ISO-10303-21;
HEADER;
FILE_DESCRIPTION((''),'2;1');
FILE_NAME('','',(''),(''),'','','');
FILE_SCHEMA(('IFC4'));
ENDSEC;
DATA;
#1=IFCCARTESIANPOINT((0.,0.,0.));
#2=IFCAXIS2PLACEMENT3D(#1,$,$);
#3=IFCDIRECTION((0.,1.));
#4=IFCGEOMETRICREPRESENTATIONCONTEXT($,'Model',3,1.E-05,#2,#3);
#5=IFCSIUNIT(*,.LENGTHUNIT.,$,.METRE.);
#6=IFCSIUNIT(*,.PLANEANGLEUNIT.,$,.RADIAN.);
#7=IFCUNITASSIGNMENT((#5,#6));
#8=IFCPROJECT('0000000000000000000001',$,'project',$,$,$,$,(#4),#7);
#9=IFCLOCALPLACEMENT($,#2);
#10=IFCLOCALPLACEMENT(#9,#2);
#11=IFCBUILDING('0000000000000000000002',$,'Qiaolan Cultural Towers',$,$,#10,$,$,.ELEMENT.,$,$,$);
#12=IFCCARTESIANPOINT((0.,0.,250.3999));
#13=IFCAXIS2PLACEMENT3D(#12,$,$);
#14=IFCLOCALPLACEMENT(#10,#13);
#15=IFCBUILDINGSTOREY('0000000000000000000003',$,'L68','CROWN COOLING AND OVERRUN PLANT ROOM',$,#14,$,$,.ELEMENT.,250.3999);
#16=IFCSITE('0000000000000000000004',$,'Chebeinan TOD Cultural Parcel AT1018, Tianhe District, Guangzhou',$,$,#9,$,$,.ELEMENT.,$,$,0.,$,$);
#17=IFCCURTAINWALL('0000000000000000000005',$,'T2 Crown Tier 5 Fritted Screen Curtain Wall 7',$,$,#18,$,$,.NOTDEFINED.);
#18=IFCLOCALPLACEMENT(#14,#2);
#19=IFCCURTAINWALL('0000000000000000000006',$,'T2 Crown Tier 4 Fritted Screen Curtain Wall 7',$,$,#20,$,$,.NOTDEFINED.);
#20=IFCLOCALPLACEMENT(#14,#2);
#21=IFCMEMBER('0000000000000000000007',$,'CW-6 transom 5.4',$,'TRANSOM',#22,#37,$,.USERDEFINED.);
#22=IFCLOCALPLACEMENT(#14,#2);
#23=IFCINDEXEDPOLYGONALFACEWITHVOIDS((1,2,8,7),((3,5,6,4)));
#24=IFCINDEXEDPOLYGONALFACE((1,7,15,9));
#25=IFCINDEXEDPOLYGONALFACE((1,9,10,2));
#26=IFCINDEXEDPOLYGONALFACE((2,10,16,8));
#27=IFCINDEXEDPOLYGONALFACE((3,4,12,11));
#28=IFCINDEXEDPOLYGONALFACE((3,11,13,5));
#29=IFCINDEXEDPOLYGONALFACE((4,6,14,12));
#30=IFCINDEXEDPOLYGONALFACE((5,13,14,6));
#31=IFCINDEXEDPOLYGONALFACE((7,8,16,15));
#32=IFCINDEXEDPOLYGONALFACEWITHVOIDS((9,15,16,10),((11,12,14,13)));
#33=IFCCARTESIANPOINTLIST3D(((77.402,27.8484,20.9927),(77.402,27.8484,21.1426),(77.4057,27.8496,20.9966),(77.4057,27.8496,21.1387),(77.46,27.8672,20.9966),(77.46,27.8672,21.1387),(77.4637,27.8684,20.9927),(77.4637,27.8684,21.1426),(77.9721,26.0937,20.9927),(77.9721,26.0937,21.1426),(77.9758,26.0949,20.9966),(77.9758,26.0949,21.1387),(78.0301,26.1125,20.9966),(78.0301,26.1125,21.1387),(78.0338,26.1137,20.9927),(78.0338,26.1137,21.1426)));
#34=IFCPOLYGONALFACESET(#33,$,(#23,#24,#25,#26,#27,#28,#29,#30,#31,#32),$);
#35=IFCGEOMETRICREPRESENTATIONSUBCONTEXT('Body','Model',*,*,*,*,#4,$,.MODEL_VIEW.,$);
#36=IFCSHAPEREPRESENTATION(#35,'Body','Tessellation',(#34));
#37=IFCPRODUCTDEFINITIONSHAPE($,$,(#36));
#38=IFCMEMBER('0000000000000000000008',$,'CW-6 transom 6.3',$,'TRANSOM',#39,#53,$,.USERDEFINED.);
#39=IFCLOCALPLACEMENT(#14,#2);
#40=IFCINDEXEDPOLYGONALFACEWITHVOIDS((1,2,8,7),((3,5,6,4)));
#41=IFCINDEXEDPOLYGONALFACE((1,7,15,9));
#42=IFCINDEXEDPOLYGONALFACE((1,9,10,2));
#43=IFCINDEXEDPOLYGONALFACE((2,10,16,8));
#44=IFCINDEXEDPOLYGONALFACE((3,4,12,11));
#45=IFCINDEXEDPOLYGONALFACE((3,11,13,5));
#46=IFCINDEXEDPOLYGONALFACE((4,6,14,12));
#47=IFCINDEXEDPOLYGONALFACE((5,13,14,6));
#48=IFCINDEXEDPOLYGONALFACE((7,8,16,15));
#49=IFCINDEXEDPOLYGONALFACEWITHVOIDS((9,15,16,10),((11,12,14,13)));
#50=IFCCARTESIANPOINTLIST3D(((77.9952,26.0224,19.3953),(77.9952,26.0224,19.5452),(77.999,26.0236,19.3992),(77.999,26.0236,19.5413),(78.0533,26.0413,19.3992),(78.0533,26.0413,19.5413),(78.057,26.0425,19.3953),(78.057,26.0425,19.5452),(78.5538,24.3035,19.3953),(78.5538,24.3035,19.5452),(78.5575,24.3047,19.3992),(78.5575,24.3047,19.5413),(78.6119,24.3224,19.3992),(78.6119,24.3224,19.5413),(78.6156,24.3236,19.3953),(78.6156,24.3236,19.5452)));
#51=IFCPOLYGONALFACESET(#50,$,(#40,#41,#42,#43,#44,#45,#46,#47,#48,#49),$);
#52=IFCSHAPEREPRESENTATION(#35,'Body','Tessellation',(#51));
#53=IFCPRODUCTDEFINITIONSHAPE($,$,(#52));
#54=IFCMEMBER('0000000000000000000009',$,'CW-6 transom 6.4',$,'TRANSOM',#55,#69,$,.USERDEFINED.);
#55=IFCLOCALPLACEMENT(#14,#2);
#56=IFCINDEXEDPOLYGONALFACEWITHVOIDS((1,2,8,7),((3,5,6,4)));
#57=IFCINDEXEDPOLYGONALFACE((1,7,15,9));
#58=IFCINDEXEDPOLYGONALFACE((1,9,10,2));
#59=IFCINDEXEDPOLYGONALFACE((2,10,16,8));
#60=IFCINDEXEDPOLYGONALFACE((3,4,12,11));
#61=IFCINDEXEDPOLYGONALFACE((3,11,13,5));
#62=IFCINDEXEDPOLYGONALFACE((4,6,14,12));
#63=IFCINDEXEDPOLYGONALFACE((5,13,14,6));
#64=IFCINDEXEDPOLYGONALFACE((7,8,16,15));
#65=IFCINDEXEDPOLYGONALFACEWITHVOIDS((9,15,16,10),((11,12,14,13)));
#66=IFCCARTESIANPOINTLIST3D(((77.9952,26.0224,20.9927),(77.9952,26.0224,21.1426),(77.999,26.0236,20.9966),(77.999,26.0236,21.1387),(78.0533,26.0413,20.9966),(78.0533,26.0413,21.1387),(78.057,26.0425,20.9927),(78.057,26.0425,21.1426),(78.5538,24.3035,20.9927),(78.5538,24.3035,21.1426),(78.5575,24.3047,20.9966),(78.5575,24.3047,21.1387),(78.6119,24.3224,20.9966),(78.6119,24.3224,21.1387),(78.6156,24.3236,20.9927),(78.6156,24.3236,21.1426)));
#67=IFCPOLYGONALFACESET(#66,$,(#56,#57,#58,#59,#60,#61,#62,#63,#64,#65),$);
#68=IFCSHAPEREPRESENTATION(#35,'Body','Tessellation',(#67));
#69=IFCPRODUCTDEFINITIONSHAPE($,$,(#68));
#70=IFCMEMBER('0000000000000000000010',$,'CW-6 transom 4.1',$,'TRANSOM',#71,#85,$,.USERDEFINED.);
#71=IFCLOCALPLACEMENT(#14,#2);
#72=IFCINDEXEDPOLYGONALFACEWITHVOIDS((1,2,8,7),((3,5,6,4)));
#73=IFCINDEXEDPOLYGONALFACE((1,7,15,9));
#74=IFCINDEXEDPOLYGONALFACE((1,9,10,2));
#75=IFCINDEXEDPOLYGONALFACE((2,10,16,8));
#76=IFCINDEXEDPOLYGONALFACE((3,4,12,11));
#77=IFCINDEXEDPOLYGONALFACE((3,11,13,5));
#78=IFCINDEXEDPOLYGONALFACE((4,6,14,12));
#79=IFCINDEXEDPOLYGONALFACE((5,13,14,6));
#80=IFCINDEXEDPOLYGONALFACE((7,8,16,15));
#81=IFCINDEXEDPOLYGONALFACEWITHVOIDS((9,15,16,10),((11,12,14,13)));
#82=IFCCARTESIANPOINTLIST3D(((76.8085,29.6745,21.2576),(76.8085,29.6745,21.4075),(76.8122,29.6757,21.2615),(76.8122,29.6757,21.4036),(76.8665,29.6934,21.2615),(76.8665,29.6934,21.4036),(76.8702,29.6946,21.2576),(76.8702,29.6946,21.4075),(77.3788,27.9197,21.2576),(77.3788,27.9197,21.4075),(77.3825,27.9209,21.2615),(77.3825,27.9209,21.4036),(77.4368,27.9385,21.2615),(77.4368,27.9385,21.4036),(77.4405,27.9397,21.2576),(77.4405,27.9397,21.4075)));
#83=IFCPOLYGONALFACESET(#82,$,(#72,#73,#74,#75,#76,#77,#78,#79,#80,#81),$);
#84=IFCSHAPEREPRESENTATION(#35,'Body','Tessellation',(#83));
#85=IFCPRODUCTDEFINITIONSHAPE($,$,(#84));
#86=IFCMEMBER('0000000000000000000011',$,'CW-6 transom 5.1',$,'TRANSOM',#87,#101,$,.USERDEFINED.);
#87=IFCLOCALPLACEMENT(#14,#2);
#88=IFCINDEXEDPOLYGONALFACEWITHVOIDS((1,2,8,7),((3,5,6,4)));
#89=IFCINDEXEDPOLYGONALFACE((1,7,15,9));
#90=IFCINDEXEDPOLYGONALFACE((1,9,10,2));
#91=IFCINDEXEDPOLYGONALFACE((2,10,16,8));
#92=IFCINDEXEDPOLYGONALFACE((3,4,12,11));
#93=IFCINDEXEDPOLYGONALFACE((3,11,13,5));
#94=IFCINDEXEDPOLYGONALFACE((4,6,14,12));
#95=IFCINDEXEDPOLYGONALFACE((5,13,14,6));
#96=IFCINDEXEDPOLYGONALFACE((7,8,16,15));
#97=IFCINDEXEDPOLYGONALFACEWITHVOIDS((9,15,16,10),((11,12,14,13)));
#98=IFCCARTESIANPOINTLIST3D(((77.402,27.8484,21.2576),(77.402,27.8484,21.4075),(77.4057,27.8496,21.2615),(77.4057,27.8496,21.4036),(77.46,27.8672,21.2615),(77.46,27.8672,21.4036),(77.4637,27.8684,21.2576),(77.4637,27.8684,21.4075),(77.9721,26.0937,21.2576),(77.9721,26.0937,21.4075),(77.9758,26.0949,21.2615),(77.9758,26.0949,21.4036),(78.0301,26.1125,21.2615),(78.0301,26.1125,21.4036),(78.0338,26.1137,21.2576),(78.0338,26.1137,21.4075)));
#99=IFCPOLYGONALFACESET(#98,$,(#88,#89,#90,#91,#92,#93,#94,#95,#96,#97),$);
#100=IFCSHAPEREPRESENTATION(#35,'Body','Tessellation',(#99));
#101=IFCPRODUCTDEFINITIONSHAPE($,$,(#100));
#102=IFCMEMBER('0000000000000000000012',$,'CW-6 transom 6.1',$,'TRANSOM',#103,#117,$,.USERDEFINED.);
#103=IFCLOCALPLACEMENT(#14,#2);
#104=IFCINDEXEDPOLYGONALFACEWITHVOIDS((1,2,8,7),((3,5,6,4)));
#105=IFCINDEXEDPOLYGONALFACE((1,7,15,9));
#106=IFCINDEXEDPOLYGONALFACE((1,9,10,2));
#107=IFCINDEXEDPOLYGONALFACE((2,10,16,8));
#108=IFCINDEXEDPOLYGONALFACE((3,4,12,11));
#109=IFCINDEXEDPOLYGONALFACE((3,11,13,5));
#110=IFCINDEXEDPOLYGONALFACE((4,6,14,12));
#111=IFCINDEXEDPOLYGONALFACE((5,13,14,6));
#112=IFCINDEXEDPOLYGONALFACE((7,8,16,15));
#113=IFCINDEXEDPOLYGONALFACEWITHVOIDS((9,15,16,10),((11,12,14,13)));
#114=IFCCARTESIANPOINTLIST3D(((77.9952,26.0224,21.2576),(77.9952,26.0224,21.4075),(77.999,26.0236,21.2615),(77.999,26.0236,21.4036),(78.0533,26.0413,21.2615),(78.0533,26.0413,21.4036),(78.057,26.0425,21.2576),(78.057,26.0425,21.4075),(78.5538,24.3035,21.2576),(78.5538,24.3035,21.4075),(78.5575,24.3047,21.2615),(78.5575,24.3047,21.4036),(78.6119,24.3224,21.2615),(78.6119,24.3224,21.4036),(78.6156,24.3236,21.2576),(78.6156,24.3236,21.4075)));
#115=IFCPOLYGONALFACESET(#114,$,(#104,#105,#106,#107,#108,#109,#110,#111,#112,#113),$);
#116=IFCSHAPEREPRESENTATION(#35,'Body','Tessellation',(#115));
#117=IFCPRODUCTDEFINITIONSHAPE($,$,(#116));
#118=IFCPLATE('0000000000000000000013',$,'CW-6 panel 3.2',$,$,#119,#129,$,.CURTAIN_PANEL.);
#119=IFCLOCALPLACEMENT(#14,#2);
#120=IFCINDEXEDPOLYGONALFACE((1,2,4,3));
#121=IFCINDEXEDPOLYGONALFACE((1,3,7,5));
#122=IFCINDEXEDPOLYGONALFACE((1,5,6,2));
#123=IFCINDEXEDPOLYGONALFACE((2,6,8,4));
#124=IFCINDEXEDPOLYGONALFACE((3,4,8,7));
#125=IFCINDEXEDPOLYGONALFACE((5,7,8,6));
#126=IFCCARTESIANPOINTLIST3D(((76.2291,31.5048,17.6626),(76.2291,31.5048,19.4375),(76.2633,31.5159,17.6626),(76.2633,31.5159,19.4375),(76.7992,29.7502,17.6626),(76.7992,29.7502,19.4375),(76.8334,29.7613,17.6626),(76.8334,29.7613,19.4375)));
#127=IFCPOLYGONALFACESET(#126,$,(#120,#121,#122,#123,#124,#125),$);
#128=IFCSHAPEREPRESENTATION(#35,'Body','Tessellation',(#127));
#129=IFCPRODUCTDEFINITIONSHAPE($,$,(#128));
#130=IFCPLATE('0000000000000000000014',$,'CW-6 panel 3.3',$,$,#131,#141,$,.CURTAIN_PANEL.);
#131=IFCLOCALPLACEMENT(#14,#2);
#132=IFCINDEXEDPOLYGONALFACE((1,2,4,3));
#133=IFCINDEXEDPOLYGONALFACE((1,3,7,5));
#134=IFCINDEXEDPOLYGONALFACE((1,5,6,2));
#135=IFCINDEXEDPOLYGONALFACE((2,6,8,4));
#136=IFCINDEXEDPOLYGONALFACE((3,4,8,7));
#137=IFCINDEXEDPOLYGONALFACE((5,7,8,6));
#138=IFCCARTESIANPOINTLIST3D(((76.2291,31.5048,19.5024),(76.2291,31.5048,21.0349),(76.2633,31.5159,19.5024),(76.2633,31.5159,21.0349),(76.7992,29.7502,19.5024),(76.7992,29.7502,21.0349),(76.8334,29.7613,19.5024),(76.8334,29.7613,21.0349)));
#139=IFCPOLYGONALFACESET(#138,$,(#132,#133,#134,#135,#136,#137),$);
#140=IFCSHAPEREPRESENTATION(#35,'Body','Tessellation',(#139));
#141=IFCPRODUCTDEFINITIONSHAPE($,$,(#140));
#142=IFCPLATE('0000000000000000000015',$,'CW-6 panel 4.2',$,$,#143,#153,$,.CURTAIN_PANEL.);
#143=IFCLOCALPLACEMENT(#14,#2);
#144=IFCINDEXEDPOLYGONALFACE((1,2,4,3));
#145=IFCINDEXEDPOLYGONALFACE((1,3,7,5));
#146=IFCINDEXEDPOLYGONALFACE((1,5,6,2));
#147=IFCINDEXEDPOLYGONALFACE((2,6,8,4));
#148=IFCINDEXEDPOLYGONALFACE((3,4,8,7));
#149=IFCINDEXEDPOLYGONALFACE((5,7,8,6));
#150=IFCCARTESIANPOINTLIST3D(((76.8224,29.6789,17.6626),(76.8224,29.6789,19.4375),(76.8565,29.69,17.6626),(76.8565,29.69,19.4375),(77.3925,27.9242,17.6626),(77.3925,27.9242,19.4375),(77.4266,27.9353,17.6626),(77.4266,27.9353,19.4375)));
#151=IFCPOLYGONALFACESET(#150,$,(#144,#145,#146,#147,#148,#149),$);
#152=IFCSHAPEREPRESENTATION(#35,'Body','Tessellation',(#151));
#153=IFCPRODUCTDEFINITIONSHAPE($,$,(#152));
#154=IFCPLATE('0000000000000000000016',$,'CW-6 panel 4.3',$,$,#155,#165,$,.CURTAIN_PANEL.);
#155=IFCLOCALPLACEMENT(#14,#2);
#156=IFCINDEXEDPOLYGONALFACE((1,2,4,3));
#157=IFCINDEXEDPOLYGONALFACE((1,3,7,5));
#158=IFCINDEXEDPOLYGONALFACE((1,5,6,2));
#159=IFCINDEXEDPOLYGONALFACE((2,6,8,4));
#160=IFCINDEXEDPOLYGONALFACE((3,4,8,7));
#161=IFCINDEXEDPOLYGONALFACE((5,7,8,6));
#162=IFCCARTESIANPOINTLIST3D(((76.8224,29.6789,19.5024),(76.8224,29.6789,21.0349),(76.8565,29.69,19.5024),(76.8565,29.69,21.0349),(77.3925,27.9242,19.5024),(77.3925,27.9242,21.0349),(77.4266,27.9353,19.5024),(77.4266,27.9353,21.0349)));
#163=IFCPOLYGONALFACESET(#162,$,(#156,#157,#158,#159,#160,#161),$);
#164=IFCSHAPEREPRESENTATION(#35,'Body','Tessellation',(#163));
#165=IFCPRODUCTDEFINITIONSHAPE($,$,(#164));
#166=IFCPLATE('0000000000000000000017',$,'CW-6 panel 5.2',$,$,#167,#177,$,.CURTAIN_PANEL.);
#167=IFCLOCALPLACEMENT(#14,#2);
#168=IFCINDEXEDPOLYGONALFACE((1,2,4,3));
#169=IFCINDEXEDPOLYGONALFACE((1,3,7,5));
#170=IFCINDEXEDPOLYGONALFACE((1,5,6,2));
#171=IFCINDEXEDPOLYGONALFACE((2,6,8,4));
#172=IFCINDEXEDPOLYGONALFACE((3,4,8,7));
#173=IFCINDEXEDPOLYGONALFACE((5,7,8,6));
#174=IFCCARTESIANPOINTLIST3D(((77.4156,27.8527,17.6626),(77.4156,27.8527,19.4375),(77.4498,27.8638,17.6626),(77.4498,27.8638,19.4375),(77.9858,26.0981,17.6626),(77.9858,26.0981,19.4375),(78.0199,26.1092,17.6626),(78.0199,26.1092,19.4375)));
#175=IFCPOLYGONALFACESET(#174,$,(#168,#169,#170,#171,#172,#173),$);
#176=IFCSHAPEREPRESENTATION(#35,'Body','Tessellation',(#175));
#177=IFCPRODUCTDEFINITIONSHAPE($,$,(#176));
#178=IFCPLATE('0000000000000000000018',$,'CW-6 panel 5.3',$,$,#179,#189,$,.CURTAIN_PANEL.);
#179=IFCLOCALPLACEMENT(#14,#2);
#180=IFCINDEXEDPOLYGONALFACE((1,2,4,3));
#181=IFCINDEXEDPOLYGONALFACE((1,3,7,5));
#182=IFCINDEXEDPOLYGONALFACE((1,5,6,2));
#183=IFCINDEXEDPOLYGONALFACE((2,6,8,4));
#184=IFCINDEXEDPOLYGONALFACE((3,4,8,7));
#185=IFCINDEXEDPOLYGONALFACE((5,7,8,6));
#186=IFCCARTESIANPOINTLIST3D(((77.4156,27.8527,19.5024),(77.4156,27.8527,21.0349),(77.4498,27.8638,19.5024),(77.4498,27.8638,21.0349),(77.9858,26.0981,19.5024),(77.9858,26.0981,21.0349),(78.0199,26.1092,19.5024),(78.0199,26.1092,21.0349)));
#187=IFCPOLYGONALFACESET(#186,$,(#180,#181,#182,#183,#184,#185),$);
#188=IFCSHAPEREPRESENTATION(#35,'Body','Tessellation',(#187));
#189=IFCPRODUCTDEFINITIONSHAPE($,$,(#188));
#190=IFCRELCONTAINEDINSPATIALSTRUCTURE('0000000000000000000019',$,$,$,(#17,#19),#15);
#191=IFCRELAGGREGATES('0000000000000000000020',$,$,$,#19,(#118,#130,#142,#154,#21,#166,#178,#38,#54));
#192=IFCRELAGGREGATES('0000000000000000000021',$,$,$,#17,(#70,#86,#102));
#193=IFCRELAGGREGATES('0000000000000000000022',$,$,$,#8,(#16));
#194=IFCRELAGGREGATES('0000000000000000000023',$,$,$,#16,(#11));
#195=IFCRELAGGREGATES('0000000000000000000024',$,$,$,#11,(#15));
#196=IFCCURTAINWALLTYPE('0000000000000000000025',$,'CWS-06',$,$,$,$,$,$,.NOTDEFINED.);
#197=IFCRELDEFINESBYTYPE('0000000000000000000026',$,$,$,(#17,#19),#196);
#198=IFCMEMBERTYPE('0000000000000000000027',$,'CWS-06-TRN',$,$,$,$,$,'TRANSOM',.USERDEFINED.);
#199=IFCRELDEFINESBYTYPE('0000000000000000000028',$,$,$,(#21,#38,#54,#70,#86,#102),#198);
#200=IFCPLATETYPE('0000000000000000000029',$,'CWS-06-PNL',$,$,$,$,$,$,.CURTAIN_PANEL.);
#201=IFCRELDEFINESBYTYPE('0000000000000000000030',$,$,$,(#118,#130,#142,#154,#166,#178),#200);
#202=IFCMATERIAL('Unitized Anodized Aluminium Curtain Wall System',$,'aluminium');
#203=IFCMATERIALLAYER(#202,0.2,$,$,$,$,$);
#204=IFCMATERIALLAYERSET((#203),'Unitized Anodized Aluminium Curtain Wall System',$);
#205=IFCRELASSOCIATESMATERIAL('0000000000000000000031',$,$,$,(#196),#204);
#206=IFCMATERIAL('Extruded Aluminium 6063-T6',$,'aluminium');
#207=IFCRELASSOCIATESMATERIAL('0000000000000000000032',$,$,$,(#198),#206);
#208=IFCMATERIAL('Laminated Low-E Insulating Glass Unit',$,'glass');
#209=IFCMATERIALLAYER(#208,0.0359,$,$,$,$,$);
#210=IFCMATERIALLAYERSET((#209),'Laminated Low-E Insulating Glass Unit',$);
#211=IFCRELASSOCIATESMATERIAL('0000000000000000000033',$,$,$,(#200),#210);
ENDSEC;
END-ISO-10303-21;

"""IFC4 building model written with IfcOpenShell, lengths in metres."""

from ifc_helpers import new_model, si_unit, direction, frame, origin, origin_2d, place, context, subcontext, project, spatial, rectangle, hollow_rectangle, extrude, material, layer, layer_set, material_profile, profile_set, type_object, element, aggregate, save


model = new_model("IFC4")

# Units and contexts
model_context = context("Model", 3, precision=1e-05, world=origin(), true_north=direction((0.0, 1.0)))
body_context = subcontext(model_context, "Body", "Model", "MODEL_VIEW")
ifc_project = project(units=[si_unit("LENGTHUNIT", "METRE"), si_unit("PLANEANGLEUNIT", "RADIAN")], contexts=[model_context])

# Site, building, storey
site_placement = place(None, origin())
site = spatial("IfcSite", under=ifc_project, at=site_placement, Name="Chebeinan TOD Cultural Parcel AT1018, Tianhe District, Guangzhou", CompositionType="ELEMENT", RefElevation=0.0)
building_placement = place(site_placement, origin())
building = spatial("IfcBuilding", under=site, at=building_placement, Name="Qiaolan Cultural Towers", CompositionType="ELEMENT")
storey_placement = place(building_placement, frame((0.0, 0.0, 250.3999)))
storey = spatial("IfcBuildingStorey", under=building, at=storey_placement, Name="L68", Description="CROWN COOLING AND OVERRUN PLANT ROOM", CompositionType="ELEMENT", Elevation=250.3999)

# Curtain walls, members
ifc_material_1 = material(Name="Unitized Anodized Aluminium Curtain Wall System", Category="aluminium")
ifc_layer_1 = layer(ifc_material_1, 0.2)
ifc_layer_set_1 = layer_set([ifc_layer_1], Name="Unitized Anodized Aluminium Curtain Wall System")
curtain_wall_type = type_object("IfcCurtainWallType", Name="CWS-06", PredefinedType="NOTDEFINED", material=ifc_layer_set_1)
curtain_wall_1_placement = place(storey_placement, origin())
curtain_wall_1 = element("IfcCurtainWall", 1, at=curtain_wall_1_placement, inside=storey, type_object=curtain_wall_type, Name="T2 Crown Tier 5 Fritted Screen Curtain Wall 7", PredefinedType="NOTDEFINED")
curtain_wall_2_placement = place(storey_placement, origin())
curtain_wall_2 = element("IfcCurtainWall", 2, at=curtain_wall_2_placement, inside=storey, type_object=curtain_wall_type, Name="T2 Crown Tier 4 Fritted Screen Curtain Wall 7", PredefinedType="NOTDEFINED")
ifc_material_2 = material(Name="Extruded Aluminium 6063-T6", Category="aluminium")
ifc_material_profile_1 = material_profile(ifc_material_2, hollow_rectangle(XDim=0.0649, YDim=0.1499, WallThickness=0.0039, at=origin_2d()), Name="CWT-150x65x4")
ifc_profile_set_1 = profile_set([ifc_material_profile_1], Name="Extruded Aluminium 6063-T6")
member_type_1 = type_object("IfcMemberType", Name="CWS-06-TRN", ElementType="TRANSOM", PredefinedType="USERDEFINED", material=ifc_profile_set_1)
member_1_placement = place(storey_placement, frame((77.4329, 27.8584, 21.0676), z_axis=(0.308993, -0.951064, 0.0), x_axis=(0.951064, 0.308993, 0.0)))
member_1 = element("IfcMember", 3, at=member_1_placement, type_object=member_type_1, Name="CW-6 transom 5.4", ObjectType="TRANSOM", PredefinedType="USERDEFINED", context=body_context, shape_type="SweptSolid", body=[
    extrude(hollow_rectangle(XDim=0.0649, YDim=0.1499, WallThickness=0.0039, at=origin_2d()), origin(), (0.0, 0.0, 1.0), 1.845),
])
member_2_placement = place(storey_placement, frame((78.0261, 26.0325, 19.4702), z_axis=(0.309046, -0.951047, 0.0), x_axis=(0.951047, 0.309046, 0.0)))
member_2 = element("IfcMember", 4, at=member_2_placement, type_object=member_type_1, Name="CW-6 transom 6.3", ObjectType="TRANSOM", PredefinedType="USERDEFINED", context=body_context, shape_type="SweptSolid", body=[
    extrude(hollow_rectangle(XDim=0.0649, YDim=0.1499, WallThickness=0.0039, at=origin_2d()), origin(), (0.0, 0.0, 1.0), 1.8074),
])
member_3_placement = place(storey_placement, frame((78.0261, 26.0325, 21.0676), z_axis=(0.309046, -0.951047, 0.0), x_axis=(0.951047, 0.309046, 0.0)))
member_3 = element("IfcMember", 5, at=member_3_placement, type_object=member_type_1, Name="CW-6 transom 6.4", ObjectType="TRANSOM", PredefinedType="USERDEFINED", context=body_context, shape_type="SweptSolid", body=[
    extrude(hollow_rectangle(XDim=0.0649, YDim=0.1499, WallThickness=0.0039, at=origin_2d()), origin(), (0.0, 0.0, 1.0), 1.8074),
])

# Members
member_4_placement = place(storey_placement, frame((76.8394, 29.6846, 21.3325), z_axis=(0.309074, -0.951038, 0.0), x_axis=(0.951038, 0.309074, 0.0)))
member_4 = element("IfcMember", 6, at=member_4_placement, type_object=member_type_1, Name="CW-6 transom 4.1", ObjectType="TRANSOM", PredefinedType="USERDEFINED", context=body_context, shape_type="SweptSolid", body=[
    extrude(hollow_rectangle(XDim=0.0649, YDim=0.1499, WallThickness=0.0039, at=origin_2d()), origin(), (0.0, 0.0, 1.0), 1.8452),
])
member_5_placement = place(storey_placement, frame((77.4329, 27.8584, 21.3325), z_axis=(0.308993, -0.951064, 0.0), x_axis=(0.951064, 0.308993, 0.0)))
member_5 = element("IfcMember", 7, at=member_5_placement, type_object=member_type_1, Name="CW-6 transom 5.1", ObjectType="TRANSOM", PredefinedType="USERDEFINED", context=body_context, shape_type="SweptSolid", body=[
    extrude(hollow_rectangle(XDim=0.0649, YDim=0.1499, WallThickness=0.0039, at=origin_2d()), origin(), (0.0, 0.0, 1.0), 1.845),
])
member_6_placement = place(storey_placement, frame((78.0261, 26.0325, 21.3325), z_axis=(0.309046, -0.951047, 0.0), x_axis=(0.951047, 0.309046, 0.0)))
member_6 = element("IfcMember", 8, at=member_6_placement, type_object=member_type_1, Name="CW-6 transom 6.1", ObjectType="TRANSOM", PredefinedType="USERDEFINED", context=body_context, shape_type="SweptSolid", body=[
    extrude(hollow_rectangle(XDim=0.0649, YDim=0.1499, WallThickness=0.0039, at=origin_2d()), origin(), (0.0, 0.0, 1.0), 1.8074),
])

# Plates
ifc_material_3 = material(Name="Laminated Low-E Insulating Glass Unit", Category="glass")
ifc_layer_2 = layer(ifc_material_3, 0.0359)
ifc_layer_set_2 = layer_set([ifc_layer_2], Name="Laminated Low-E Insulating Glass Unit")
plate_type = type_object("IfcPlateType", Name="CWS-06-PNL", PredefinedType="CURTAIN_PANEL", material=ifc_layer_set_2)
plate_1_placement = place(storey_placement, frame((76.5312, 30.6331, 17.6626), z_axis=(0.0, 0.0, 1.0), x_axis=(0.309017, -0.951057, 0.0)))
plate_1 = element("IfcPlate", 9, at=plate_1_placement, type_object=plate_type, Name="CW-6 panel 3.2", PredefinedType="CURTAIN_PANEL", context=body_context, shape_type="SweptSolid", body=[
    extrude(rectangle(XDim=1.845, YDim=0.0359, at=origin_2d()), origin(), (0.0, 0.0, 1.0), 1.7749),
])
plate_2_placement = place(storey_placement, frame((76.5312, 30.6331, 19.5024), z_axis=(0.0, 0.0, 1.0), x_axis=(0.309017, -0.951057, 0.0)))
plate_2 = element("IfcPlate", 10, at=plate_2_placement, type_object=plate_type, Name="CW-6 panel 3.3", PredefinedType="CURTAIN_PANEL", context=body_context, shape_type="SweptSolid", body=[
    extrude(rectangle(XDim=1.845, YDim=0.0359, at=origin_2d()), origin(), (0.0, 0.0, 1.0), 1.5325),
])
plate_3_placement = place(storey_placement, frame((77.1245, 28.8071, 17.6626), z_axis=(0.0, 0.0, 1.0), x_axis=(0.309017, -0.951057, 0.0)))
plate_3 = element("IfcPlate", 11, at=plate_3_placement, type_object=plate_type, Name="CW-6 panel 4.2", PredefinedType="CURTAIN_PANEL", context=body_context, shape_type="SweptSolid", body=[
    extrude(rectangle(XDim=1.845, YDim=0.0359, at=origin_2d()), origin(), (0.0, 0.0, 1.0), 1.7749),
])
plate_4_placement = place(storey_placement, frame((77.1245, 28.8071, 19.5024), z_axis=(0.0, 0.0, 1.0), x_axis=(0.309017, -0.951057, 0.0)))
plate_4 = element("IfcPlate", 12, at=plate_4_placement, type_object=plate_type, Name="CW-6 panel 4.3", PredefinedType="CURTAIN_PANEL", context=body_context, shape_type="SweptSolid", body=[
    extrude(rectangle(XDim=1.845, YDim=0.0359, at=origin_2d()), origin(), (0.0, 0.0, 1.0), 1.5325),
])
plate_5_placement = place(storey_placement, frame((77.7178, 26.981, 17.6626), z_axis=(0.0, 0.0, 1.0), x_axis=(0.309017, -0.951057, 0.0)))
plate_5 = element("IfcPlate", 13, at=plate_5_placement, type_object=plate_type, Name="CW-6 panel 5.2", PredefinedType="CURTAIN_PANEL", context=body_context, shape_type="SweptSolid", body=[
    extrude(rectangle(XDim=1.845, YDim=0.0359, at=origin_2d()), origin(), (0.0, 0.0, 1.0), 1.7749),
])
plate_6_placement = place(storey_placement, frame((77.7178, 26.981, 19.5024), z_axis=(0.0, 0.0, 1.0), x_axis=(0.309017, -0.951057, 0.0)))
plate_6 = element("IfcPlate", 14, at=plate_6_placement, type_object=plate_type, Name="CW-6 panel 5.3", PredefinedType="CURTAIN_PANEL", context=body_context, shape_type="SweptSolid", body=[
    extrude(rectangle(XDim=1.845, YDim=0.0359, at=origin_2d()), origin(), (0.0, 0.0, 1.0), 1.5325),
])
aggregate(curtain_wall_2, [plate_1, plate_2, plate_3, plate_4, member_1, plate_5, plate_6, member_2, member_3])
aggregate(curtain_wall_1, [member_4, member_5, member_6])

save(model, "model.ifc")
